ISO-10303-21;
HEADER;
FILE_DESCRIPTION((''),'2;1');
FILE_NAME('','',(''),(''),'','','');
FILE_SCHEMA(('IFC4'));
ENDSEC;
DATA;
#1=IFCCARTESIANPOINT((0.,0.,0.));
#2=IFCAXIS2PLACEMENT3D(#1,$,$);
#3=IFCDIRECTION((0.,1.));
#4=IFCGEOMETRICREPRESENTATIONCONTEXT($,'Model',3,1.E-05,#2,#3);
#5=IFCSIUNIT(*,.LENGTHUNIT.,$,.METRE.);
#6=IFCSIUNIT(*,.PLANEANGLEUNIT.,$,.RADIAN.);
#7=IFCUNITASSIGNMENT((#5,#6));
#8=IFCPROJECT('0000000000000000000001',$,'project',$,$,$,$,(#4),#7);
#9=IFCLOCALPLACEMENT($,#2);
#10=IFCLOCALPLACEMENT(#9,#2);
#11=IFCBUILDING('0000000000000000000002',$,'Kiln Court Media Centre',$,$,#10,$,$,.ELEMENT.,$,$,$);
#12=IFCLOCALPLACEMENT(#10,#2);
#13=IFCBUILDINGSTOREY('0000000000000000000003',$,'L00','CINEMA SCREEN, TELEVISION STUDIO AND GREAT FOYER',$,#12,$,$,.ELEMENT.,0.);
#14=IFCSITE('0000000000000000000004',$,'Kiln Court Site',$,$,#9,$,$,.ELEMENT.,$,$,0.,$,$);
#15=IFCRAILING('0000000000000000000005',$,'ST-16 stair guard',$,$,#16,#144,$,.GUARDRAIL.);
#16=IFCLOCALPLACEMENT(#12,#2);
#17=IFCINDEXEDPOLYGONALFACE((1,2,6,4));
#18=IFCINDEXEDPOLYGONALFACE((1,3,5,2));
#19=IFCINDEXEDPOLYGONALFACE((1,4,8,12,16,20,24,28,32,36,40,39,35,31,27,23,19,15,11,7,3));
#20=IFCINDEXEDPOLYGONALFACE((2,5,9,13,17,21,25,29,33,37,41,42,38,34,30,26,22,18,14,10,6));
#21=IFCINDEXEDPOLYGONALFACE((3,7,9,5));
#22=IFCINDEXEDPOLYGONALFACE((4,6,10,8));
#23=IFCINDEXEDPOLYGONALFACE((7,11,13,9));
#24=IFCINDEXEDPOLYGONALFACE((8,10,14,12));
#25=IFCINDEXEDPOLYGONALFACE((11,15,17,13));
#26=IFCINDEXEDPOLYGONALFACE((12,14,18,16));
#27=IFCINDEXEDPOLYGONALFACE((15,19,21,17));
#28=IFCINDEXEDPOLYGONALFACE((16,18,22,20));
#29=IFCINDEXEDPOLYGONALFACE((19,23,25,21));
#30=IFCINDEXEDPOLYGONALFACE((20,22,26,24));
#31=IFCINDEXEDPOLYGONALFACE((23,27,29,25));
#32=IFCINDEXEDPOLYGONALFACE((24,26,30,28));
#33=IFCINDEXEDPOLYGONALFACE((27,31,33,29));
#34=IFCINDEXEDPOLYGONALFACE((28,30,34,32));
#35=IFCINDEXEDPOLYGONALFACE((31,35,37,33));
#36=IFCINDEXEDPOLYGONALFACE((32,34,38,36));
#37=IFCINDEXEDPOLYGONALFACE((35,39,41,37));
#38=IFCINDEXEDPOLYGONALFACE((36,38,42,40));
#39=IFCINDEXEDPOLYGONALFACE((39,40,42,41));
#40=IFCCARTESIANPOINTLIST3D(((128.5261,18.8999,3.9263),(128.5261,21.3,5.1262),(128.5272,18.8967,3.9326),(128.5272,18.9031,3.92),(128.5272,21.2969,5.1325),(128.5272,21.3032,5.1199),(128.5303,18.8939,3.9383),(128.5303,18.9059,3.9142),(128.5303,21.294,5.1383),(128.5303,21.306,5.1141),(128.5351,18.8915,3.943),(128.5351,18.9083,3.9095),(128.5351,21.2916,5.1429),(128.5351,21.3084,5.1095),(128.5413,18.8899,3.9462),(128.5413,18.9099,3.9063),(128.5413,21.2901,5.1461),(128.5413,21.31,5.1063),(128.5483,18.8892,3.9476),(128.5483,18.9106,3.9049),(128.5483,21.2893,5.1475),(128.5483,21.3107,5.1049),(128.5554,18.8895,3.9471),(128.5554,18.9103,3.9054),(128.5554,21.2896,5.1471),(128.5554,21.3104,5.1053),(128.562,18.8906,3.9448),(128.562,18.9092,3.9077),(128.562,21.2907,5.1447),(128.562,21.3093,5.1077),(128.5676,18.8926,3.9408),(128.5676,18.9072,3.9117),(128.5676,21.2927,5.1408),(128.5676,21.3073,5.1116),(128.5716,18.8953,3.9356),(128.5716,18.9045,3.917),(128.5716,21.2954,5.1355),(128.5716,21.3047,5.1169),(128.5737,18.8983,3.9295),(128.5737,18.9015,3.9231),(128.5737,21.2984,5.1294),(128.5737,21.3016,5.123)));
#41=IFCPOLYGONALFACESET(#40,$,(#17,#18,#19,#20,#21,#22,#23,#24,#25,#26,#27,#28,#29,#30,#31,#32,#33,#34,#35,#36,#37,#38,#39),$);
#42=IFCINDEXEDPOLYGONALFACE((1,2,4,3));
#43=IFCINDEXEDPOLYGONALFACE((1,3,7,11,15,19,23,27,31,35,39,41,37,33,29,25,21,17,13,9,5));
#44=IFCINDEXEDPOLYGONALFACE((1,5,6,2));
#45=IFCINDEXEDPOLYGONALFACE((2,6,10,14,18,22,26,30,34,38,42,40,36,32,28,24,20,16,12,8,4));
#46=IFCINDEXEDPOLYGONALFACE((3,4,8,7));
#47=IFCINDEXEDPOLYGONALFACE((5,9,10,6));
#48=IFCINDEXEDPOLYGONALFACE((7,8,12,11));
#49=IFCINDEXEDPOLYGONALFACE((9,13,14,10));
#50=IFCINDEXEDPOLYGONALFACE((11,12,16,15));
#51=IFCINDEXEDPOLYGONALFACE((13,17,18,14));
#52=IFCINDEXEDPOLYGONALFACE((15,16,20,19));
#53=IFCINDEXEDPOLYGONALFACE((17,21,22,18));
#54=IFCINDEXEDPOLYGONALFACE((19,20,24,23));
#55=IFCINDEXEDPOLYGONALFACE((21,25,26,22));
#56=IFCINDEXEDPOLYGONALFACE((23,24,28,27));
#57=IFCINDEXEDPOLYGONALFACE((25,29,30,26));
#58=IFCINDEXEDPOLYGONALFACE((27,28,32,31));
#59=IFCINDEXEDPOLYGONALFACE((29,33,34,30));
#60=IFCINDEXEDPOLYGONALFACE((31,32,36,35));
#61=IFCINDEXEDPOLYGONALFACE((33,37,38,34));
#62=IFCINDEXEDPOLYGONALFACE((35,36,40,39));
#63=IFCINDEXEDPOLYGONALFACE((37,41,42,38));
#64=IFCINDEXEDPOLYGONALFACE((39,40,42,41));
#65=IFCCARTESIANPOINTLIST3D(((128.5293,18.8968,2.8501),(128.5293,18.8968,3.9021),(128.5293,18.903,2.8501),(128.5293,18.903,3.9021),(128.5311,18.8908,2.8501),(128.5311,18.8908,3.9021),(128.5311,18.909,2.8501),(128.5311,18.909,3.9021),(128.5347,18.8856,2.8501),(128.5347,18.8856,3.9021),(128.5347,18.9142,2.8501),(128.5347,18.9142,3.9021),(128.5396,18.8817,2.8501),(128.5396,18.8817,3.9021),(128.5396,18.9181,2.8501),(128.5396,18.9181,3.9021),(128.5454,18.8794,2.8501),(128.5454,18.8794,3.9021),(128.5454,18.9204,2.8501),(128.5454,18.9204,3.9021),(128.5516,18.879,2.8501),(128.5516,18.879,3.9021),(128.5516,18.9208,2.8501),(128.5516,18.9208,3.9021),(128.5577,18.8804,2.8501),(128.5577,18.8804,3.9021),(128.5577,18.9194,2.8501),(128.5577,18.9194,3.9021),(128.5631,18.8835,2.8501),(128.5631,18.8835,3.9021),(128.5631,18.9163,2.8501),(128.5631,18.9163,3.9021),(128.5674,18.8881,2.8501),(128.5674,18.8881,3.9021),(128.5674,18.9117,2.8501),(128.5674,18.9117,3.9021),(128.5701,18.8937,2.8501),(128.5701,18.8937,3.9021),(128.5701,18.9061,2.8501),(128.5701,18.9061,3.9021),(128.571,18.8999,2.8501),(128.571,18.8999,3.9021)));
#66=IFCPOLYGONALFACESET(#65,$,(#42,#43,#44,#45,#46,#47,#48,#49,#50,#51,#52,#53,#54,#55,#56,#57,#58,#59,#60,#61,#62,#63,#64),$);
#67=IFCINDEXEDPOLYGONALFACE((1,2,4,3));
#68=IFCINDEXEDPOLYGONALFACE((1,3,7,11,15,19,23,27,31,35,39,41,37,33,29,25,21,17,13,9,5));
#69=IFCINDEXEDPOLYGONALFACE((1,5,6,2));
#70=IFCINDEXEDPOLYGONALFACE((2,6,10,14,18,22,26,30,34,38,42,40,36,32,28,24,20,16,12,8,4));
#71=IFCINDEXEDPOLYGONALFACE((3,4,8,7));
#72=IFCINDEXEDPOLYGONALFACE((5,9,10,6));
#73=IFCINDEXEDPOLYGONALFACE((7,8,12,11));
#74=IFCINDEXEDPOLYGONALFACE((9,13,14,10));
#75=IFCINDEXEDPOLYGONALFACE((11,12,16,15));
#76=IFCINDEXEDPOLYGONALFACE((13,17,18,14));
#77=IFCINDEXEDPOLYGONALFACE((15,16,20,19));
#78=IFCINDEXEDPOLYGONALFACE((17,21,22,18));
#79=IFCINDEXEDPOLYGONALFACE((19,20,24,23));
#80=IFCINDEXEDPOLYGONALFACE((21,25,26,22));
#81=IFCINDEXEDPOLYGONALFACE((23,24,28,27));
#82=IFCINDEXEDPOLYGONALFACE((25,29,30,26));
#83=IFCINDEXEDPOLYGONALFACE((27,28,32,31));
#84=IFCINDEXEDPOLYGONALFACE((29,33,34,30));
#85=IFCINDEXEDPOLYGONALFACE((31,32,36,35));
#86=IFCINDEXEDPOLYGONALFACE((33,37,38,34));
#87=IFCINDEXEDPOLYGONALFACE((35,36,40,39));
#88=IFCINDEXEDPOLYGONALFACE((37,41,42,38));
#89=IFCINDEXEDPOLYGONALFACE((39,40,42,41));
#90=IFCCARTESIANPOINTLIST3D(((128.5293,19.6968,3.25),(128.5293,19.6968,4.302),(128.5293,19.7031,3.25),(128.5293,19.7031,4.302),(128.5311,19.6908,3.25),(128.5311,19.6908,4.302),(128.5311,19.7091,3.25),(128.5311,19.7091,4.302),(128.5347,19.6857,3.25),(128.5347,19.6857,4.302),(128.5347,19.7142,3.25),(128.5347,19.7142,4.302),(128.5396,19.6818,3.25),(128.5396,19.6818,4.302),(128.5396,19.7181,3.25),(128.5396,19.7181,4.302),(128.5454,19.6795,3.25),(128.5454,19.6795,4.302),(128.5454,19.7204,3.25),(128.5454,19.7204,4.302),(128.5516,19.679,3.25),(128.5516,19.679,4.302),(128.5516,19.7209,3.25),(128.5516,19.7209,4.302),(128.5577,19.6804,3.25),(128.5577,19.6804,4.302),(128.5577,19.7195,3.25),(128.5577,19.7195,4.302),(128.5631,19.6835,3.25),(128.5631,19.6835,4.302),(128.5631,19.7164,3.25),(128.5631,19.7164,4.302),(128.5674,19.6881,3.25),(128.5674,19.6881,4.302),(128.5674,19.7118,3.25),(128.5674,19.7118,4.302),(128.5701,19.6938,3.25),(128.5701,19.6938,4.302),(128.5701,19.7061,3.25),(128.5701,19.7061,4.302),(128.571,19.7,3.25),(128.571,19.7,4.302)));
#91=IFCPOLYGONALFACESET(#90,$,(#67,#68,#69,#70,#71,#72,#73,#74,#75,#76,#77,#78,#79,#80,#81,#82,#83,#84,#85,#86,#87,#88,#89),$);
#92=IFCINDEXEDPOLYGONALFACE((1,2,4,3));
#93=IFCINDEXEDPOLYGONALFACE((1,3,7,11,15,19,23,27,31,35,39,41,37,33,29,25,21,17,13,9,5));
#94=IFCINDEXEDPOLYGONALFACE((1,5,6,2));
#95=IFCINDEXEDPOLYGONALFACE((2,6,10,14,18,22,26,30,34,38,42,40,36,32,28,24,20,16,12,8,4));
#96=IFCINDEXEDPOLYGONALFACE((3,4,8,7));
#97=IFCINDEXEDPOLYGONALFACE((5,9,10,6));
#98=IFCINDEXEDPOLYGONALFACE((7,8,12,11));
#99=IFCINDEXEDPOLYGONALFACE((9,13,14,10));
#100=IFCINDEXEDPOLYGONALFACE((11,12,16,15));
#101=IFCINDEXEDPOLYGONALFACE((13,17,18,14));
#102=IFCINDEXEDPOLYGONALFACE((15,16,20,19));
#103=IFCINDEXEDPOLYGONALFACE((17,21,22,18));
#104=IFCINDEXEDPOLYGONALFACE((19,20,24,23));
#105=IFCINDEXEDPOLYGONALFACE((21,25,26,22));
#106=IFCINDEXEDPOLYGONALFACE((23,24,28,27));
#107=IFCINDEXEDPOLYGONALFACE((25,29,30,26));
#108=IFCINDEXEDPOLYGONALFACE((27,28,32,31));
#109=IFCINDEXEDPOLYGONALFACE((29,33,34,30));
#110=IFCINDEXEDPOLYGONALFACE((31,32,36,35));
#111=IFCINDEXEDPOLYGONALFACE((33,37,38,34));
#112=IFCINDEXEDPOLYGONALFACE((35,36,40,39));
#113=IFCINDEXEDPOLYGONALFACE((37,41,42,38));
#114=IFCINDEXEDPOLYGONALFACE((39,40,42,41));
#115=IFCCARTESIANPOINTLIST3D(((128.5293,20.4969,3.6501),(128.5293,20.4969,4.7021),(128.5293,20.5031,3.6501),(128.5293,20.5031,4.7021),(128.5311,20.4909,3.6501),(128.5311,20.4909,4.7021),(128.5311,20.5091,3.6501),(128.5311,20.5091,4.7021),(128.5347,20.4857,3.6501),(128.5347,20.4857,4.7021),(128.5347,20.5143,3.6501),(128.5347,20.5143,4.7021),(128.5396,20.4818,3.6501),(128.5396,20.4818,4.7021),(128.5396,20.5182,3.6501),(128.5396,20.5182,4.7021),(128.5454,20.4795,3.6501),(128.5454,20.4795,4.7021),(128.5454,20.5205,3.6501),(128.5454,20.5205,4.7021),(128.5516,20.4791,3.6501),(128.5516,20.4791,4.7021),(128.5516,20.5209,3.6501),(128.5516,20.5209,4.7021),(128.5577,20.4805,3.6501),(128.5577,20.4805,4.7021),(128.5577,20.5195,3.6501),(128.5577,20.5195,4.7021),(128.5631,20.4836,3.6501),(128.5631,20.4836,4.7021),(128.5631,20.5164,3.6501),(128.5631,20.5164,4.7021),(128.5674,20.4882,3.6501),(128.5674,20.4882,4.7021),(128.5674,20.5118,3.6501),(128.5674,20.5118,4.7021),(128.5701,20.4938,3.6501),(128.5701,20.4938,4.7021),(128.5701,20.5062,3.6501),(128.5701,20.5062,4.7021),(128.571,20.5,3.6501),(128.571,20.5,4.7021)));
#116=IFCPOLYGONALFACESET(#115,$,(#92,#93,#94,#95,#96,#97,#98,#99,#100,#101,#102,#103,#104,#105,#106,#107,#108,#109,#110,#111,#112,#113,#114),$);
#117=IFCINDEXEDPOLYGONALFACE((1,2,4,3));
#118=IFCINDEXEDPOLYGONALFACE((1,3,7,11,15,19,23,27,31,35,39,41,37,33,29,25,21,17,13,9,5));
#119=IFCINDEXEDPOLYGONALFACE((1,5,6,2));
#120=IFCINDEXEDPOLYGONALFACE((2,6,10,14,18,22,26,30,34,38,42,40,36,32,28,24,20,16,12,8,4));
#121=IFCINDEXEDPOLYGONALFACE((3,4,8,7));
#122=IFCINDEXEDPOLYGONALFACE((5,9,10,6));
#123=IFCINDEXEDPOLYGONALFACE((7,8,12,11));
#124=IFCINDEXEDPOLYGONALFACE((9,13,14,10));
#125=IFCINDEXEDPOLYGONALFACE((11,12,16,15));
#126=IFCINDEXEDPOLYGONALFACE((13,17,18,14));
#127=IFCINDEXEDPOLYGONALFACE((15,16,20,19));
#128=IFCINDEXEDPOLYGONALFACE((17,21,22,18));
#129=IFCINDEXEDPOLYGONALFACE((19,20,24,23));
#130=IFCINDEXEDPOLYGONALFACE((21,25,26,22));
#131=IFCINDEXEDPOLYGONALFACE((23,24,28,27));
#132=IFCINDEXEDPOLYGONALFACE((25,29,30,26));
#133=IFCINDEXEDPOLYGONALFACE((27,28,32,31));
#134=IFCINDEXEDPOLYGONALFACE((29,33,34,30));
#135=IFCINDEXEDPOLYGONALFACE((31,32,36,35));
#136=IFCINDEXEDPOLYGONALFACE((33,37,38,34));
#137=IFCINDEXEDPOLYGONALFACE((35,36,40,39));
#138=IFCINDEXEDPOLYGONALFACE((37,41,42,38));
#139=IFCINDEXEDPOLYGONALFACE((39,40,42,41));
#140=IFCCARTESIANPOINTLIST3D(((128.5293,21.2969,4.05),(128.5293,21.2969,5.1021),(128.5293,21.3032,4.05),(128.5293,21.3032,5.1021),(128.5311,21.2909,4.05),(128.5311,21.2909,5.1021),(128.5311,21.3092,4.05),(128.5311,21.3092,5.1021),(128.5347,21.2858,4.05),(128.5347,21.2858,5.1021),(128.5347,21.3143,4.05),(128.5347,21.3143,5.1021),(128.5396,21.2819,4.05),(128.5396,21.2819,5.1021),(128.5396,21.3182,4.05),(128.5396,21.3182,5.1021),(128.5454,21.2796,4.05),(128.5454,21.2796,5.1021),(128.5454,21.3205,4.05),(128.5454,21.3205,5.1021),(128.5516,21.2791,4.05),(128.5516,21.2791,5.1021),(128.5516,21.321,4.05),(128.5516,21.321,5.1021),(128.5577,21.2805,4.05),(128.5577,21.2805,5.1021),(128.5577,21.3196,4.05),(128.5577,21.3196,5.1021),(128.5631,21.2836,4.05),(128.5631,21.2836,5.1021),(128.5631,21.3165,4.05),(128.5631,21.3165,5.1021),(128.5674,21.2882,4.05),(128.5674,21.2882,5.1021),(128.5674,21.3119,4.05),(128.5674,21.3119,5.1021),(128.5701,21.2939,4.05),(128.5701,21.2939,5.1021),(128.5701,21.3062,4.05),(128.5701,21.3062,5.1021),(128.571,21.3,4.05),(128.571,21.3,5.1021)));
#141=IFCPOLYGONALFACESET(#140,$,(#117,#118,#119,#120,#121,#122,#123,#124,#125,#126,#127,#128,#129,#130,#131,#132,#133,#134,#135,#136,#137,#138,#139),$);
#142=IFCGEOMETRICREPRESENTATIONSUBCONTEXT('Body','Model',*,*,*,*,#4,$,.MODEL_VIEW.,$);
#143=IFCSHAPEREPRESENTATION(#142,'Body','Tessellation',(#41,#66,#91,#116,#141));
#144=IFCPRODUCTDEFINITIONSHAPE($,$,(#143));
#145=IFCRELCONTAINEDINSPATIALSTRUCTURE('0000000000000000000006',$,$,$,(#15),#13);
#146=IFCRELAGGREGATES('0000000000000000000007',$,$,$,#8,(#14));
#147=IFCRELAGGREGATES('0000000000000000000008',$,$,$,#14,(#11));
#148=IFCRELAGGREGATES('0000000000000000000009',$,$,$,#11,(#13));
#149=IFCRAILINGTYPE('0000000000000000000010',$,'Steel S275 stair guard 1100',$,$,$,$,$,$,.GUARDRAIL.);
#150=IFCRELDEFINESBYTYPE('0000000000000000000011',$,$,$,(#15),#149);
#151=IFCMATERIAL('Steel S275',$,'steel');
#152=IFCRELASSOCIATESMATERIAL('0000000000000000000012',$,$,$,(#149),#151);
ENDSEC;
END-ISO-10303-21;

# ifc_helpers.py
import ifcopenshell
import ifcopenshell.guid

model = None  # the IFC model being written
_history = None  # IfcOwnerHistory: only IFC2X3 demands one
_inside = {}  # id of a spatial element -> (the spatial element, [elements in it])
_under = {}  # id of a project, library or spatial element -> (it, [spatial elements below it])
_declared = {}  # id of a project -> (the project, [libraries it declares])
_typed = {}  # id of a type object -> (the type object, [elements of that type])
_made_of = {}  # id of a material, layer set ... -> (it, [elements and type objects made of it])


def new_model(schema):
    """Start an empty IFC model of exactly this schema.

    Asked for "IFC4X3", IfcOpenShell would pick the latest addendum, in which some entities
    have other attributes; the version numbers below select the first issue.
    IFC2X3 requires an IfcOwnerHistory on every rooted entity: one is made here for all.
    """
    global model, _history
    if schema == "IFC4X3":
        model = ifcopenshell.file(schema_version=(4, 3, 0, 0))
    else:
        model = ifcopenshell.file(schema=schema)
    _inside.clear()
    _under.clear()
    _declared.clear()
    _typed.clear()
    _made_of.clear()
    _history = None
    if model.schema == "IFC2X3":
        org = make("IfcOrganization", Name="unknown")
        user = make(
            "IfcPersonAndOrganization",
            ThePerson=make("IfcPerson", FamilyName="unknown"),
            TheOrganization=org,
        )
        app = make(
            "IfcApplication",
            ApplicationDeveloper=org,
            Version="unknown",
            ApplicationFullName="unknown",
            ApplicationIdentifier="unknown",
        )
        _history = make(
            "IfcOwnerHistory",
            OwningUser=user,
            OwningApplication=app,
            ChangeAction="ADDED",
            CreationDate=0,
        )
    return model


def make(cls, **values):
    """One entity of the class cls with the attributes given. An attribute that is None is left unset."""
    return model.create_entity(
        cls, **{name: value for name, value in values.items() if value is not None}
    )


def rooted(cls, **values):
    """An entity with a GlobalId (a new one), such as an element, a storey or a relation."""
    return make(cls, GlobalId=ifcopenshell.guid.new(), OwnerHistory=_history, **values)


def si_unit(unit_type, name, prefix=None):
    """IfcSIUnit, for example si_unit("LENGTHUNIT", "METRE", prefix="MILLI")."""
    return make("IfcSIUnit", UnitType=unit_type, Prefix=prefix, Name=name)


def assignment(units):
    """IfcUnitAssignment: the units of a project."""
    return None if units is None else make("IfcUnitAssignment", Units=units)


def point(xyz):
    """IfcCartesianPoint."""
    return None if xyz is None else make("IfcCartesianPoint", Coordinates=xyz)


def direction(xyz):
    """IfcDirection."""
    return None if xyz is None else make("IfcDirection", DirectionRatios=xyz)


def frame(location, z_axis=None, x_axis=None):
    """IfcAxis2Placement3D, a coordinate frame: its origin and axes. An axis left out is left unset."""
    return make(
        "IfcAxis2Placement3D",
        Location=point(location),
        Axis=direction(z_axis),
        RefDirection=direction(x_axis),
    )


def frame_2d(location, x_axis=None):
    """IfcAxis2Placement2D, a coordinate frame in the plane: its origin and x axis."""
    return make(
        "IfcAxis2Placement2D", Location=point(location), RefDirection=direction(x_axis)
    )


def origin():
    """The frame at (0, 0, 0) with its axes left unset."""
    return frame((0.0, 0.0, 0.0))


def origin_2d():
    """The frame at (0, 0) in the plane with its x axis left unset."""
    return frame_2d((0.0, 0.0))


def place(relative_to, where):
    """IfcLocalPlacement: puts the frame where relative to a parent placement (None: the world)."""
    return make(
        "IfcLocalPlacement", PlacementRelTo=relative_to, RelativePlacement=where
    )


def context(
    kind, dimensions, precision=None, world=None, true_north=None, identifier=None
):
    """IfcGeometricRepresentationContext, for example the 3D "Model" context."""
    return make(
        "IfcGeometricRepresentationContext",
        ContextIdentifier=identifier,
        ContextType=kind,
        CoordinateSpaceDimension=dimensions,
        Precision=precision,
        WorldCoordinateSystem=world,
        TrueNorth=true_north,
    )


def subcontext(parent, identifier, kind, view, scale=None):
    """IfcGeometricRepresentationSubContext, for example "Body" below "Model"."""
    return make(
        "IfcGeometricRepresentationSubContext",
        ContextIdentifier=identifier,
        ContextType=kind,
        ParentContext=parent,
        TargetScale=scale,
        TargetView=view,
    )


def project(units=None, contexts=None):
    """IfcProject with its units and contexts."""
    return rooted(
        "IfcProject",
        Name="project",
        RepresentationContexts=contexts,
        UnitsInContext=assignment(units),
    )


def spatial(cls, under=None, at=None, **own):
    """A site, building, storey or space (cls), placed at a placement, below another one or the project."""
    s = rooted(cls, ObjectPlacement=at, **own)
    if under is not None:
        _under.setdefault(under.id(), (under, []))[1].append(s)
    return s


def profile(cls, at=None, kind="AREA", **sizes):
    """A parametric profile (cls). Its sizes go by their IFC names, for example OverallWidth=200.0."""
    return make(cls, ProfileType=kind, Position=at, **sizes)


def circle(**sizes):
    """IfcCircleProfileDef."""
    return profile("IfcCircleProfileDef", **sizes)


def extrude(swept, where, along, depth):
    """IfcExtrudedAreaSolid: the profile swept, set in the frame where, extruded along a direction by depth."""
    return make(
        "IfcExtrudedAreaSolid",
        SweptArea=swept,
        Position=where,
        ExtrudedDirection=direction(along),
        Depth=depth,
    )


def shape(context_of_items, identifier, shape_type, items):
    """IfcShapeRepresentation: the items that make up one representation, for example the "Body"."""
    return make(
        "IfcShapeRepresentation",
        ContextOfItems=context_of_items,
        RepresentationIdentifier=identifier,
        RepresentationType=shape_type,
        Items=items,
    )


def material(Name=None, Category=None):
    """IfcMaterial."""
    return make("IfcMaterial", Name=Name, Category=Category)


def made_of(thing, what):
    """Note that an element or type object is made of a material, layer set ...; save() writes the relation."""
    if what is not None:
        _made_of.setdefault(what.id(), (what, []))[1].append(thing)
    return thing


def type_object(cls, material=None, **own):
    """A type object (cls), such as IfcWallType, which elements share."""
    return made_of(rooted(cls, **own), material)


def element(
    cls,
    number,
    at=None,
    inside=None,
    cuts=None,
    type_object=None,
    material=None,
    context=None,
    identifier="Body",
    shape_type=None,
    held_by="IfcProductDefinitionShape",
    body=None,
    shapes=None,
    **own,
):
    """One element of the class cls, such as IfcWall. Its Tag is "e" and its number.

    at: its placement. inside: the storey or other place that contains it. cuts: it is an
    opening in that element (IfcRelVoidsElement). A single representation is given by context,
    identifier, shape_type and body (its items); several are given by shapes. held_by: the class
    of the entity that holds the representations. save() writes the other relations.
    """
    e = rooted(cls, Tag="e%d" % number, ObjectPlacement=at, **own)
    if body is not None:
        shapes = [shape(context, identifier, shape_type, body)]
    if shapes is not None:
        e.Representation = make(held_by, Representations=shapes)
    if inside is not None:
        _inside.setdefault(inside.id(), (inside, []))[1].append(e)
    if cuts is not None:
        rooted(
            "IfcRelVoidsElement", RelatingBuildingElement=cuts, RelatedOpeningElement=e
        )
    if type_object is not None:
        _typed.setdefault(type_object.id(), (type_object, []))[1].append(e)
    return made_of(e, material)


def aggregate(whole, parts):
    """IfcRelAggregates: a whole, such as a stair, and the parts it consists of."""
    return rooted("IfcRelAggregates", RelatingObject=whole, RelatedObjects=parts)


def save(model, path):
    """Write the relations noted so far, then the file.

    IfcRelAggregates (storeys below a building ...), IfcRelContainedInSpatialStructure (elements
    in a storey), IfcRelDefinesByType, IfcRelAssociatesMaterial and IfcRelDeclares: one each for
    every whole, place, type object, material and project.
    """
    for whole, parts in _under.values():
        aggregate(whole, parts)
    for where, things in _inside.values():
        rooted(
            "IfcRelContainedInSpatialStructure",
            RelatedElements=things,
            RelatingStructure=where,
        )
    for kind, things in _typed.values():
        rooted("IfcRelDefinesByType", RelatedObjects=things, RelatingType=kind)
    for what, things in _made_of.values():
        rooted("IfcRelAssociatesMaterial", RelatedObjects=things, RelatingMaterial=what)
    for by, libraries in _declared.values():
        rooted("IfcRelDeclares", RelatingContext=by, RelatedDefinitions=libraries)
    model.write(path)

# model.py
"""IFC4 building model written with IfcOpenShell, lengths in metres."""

from ifc_helpers import new_model, si_unit, direction, frame, origin, origin_2d, place, context, subcontext, project, spatial, circle, extrude, material, type_object, element, save


model = new_model("IFC4")

# Units and contexts
model_context = context("Model", 3, precision=1e-05, world=origin(), true_north=direction((0.0, 1.0)))
body_context = subcontext(model_context, "Body", "Model", "MODEL_VIEW")
ifc_project = project(units=[si_unit("LENGTHUNIT", "METRE"), si_unit("PLANEANGLEUNIT", "RADIAN")], contexts=[model_context])

# Site, building, storey
site_placement = place(None, origin())
site = spatial("IfcSite", under=ifc_project, at=site_placement, Name="Kiln Court Site", CompositionType="ELEMENT", RefElevation=0.0)
building_placement = place(site_placement, origin())
building = spatial("IfcBuilding", under=site, at=building_placement, Name="Kiln Court Media Centre", CompositionType="ELEMENT")
storey_placement = place(building_placement, origin())
storey = spatial("IfcBuildingStorey", under=building, at=storey_placement, Name="L00", Description="CINEMA SCREEN, TELEVISION STUDIO AND GREAT FOYER", CompositionType="ELEMENT", Elevation=0.0)

# Railing
ifc_material_1 = material(Name="Steel S275", Category="steel")
railing_type_1 = type_object("IfcRailingType", Name="Steel S275 stair guard 1100", PredefinedType="GUARDRAIL", material=ifc_material_1)
railing_1_placement = place(storey_placement, frame((128.55, 18.8999, 2.8501)))
element("IfcRailing", 1, at=railing_1_placement, inside=storey, type_object=railing_type_1, Name="ST-16 stair guard", PredefinedType="GUARDRAIL", context=body_context, shape_type="SweptSolid", body=[
    extrude(circle(Radius=0.0239, at=origin_2d()), frame((0.0, 0.0, 1.0762), z_axis=(0.0, 0.894445, 0.447177), x_axis=(-1.0, 0.0, 0.0)), (0.0, 0.0, 1.0), 2.6833),
    extrude(circle(Radius=0.021, at=origin_2d()), origin(), (0.0, 0.0, 1.0), 1.052),
    extrude(circle(Radius=0.021, at=origin_2d()), frame((0.0, 0.8, 0.3999)), (0.0, 0.0, 1.0), 1.052),
    extrude(circle(Radius=0.021, at=origin_2d()), frame((0.0, 1.6001, 0.8)), (0.0, 0.0, 1.0), 1.052),
    extrude(circle(Radius=0.021, at=origin_2d()), frame((0.0, 2.4001, 1.2)), (0.0, 0.0, 1.0), 1.052),
])

save(model, "model.ifc")
